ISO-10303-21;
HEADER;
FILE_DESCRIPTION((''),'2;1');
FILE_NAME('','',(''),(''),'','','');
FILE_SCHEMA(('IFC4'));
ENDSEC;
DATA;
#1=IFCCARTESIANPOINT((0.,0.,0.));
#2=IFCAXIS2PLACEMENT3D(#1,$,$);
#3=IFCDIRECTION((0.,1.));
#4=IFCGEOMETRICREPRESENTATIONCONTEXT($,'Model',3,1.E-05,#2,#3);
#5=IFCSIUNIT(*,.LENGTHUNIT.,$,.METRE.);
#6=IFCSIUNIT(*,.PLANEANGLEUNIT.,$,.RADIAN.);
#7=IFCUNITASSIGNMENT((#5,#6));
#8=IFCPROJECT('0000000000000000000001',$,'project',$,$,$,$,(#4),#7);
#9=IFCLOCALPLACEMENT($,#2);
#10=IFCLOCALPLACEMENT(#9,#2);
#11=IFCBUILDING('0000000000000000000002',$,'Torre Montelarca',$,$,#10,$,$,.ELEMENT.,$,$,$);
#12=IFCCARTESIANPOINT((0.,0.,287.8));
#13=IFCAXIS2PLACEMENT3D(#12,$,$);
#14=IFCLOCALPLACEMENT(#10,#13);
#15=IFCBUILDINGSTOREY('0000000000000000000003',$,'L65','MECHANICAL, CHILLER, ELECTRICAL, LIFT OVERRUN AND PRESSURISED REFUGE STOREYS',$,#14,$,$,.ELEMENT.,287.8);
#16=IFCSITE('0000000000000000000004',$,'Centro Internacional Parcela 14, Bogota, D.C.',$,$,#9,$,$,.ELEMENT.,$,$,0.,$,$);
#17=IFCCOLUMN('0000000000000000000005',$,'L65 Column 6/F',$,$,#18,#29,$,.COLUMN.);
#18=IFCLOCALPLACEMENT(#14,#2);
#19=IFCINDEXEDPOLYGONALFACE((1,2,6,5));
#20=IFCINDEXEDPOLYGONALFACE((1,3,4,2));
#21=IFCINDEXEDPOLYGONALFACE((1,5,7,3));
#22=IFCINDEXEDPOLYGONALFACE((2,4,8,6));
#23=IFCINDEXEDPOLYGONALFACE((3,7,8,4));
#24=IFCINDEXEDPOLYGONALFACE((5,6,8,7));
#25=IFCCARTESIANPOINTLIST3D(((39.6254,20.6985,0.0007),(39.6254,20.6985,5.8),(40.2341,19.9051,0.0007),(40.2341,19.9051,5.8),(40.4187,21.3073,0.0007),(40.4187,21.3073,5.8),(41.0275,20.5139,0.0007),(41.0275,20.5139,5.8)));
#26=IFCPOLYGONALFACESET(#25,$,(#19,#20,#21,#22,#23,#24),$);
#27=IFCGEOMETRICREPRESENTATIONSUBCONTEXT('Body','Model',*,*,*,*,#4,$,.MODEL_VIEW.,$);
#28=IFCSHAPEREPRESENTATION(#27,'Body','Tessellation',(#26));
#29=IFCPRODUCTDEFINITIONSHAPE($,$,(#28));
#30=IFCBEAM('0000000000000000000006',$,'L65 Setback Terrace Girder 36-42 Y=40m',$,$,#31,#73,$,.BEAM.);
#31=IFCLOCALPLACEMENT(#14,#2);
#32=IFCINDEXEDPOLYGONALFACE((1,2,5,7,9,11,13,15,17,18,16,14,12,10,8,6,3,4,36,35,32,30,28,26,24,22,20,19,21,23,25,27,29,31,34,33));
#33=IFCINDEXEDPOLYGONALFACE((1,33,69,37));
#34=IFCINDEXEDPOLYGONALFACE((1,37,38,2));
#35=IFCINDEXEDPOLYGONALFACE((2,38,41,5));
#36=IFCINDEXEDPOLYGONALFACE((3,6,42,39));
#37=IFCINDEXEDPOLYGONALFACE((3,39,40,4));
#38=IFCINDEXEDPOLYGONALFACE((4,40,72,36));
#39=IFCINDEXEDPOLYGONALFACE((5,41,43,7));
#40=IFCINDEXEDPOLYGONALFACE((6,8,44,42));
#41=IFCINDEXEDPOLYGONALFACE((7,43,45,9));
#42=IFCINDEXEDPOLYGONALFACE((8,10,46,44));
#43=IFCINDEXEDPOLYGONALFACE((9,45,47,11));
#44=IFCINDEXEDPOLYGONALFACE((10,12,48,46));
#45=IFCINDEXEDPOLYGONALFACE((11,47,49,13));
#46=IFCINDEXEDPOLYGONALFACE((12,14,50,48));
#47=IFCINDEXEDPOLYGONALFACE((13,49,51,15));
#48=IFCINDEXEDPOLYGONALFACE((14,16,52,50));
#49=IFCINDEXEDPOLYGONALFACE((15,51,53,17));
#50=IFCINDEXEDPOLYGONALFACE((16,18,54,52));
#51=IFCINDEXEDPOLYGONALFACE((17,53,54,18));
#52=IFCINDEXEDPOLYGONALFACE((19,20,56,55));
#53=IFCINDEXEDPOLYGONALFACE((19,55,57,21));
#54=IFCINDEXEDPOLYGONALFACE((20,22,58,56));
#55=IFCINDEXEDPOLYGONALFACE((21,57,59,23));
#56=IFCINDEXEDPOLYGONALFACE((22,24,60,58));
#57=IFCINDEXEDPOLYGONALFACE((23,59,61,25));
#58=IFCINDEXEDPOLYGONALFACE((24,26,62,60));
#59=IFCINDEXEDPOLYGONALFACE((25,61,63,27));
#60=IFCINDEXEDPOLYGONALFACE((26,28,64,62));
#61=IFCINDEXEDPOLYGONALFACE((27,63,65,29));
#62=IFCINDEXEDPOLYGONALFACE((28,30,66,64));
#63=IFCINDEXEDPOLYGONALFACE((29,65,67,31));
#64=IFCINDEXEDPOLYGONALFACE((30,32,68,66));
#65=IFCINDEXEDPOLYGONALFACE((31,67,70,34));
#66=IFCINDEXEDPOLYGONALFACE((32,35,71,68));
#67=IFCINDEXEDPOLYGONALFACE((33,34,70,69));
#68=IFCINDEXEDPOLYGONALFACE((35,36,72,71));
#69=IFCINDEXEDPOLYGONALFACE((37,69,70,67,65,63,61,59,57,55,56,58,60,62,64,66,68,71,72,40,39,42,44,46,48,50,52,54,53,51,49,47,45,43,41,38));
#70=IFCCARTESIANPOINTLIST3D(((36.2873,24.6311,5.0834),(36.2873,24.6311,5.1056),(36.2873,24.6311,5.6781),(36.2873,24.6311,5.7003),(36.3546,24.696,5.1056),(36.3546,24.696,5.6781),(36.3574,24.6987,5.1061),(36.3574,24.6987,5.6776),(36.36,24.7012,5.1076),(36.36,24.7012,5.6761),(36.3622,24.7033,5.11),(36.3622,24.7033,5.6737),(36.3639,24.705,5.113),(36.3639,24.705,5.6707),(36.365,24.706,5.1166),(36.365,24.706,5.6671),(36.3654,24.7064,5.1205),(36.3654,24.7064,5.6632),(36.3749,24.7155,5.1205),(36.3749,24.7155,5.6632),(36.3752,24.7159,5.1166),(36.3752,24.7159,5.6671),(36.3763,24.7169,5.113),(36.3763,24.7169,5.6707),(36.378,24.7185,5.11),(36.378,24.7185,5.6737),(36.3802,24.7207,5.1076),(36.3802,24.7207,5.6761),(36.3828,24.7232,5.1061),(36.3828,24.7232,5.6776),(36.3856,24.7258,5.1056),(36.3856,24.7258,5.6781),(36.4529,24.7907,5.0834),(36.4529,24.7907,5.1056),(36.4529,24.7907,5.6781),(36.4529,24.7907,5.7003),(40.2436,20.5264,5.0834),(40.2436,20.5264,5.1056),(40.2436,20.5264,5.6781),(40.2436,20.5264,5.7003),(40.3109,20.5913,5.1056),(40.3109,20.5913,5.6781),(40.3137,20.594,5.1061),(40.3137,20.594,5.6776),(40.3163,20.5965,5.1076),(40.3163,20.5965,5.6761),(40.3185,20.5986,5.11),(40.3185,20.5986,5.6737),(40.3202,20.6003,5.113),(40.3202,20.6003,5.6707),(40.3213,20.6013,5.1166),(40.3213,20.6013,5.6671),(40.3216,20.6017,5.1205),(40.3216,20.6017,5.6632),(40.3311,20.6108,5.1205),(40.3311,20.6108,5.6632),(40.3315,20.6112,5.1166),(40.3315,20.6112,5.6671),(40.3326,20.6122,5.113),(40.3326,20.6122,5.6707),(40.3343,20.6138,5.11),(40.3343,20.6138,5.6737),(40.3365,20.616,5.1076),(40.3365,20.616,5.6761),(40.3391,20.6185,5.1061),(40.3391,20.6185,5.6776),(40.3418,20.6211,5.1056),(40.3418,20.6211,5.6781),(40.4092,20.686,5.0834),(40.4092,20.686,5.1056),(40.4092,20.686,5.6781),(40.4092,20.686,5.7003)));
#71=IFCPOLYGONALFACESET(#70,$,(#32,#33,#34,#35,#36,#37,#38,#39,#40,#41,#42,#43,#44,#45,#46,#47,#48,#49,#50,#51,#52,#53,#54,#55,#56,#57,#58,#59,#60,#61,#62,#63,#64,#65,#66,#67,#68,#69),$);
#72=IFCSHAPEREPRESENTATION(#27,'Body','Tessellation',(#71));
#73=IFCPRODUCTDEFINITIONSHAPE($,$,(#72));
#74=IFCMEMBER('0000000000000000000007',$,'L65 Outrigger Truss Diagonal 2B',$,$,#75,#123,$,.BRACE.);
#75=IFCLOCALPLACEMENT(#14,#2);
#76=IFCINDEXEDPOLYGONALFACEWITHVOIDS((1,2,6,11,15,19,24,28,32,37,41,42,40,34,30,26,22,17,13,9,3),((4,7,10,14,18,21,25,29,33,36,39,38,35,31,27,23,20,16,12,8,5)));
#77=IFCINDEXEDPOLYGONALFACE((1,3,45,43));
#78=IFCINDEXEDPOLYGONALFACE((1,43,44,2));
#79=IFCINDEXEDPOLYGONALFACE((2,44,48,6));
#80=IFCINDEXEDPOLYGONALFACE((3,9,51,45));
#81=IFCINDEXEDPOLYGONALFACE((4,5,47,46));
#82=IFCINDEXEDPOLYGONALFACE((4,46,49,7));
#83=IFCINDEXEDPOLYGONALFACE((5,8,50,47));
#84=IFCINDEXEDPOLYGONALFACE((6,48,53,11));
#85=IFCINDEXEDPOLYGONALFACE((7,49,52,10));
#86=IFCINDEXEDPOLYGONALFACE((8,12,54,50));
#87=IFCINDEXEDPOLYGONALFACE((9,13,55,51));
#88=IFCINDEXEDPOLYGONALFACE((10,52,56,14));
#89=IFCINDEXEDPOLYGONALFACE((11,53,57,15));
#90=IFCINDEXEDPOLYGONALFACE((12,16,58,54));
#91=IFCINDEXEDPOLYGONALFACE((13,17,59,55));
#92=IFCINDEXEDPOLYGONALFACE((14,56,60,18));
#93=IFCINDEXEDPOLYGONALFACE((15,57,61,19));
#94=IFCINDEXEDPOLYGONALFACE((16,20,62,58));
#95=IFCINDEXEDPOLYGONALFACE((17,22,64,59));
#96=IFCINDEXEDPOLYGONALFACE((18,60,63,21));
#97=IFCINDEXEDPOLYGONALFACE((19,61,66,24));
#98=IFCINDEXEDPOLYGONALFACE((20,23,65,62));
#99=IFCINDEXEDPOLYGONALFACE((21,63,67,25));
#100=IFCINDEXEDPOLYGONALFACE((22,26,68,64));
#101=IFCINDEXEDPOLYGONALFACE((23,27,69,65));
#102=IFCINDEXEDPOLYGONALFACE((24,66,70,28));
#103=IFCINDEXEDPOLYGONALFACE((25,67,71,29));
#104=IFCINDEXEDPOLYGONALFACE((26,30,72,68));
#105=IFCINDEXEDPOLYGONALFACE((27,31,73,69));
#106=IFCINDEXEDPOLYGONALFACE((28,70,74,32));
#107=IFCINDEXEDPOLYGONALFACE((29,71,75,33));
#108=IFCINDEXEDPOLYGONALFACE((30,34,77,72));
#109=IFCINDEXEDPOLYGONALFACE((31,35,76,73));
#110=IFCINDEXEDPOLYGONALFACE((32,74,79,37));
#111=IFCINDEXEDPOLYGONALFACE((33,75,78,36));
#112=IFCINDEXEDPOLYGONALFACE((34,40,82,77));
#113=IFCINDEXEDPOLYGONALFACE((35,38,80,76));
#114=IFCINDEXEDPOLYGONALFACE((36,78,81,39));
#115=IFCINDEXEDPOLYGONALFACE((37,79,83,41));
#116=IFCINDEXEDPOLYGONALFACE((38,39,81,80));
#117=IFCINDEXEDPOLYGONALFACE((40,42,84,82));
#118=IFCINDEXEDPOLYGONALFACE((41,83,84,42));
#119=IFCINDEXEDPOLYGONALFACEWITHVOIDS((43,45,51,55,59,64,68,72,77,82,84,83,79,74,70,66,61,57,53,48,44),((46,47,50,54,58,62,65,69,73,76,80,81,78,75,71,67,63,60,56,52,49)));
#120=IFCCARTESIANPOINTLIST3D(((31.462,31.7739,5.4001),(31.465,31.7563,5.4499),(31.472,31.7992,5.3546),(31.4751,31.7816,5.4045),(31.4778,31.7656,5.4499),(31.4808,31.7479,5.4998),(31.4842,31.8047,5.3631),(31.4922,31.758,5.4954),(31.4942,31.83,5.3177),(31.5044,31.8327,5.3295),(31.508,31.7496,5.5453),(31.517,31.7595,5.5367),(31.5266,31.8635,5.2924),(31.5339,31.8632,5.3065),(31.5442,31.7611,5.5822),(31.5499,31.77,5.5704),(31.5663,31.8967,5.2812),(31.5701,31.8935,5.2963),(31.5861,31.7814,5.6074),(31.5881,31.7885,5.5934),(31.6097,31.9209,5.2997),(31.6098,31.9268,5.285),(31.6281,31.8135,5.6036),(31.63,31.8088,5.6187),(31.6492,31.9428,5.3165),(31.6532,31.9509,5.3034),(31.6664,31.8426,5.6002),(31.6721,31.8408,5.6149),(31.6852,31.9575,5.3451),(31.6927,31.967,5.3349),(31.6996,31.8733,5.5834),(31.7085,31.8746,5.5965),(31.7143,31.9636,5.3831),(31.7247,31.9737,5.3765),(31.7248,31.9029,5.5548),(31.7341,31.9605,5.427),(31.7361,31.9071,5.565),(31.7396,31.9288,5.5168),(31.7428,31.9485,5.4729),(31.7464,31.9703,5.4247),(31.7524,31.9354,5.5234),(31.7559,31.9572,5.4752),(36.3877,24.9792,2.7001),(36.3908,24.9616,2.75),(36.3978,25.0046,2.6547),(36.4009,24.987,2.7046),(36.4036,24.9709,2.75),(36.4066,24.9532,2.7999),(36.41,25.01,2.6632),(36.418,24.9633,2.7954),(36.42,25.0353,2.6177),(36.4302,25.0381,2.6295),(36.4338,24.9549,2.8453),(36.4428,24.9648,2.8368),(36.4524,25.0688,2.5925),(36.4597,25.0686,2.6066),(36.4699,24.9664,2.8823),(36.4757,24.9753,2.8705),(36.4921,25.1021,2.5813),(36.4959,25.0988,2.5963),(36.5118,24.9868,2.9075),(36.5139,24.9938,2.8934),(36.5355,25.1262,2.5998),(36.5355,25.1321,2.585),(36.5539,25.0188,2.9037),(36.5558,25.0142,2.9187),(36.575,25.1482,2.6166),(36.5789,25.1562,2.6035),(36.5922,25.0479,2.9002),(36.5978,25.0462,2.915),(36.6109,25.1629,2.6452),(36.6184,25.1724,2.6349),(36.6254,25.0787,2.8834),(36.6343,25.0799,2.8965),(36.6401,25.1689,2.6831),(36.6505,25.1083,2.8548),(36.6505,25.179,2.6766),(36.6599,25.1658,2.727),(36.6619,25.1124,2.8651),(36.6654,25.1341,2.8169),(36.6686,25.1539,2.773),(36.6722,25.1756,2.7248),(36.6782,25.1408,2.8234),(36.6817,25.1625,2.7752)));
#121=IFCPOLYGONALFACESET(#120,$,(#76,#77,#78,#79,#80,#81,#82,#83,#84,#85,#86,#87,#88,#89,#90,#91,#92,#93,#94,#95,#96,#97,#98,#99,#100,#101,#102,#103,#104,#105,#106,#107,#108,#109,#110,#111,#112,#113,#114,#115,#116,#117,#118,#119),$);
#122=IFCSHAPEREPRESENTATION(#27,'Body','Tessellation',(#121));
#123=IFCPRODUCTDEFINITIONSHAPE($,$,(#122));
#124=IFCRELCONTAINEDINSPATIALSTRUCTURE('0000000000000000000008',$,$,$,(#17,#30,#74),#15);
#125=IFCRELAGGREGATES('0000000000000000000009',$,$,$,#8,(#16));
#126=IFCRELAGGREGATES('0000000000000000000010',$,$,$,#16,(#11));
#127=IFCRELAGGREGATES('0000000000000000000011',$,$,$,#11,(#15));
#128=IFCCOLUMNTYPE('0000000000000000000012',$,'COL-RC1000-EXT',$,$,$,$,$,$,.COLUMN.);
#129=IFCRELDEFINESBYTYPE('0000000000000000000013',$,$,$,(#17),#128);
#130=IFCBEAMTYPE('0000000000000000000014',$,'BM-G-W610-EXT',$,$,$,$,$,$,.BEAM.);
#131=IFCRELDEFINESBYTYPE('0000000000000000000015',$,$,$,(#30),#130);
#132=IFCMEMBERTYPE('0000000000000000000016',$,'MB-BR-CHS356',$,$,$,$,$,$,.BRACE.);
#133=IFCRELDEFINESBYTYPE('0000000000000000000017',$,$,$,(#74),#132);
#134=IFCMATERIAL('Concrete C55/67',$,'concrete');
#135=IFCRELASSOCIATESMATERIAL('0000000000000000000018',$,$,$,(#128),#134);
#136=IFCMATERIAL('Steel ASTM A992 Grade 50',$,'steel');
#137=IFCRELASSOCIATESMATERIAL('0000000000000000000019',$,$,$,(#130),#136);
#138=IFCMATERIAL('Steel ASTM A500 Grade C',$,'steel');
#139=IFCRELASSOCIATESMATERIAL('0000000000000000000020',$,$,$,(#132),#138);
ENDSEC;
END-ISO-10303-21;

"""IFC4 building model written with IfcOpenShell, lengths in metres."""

from ifc_helpers import new_model, si_unit, direction, frame, origin, origin_2d, place, context, subcontext, project, spatial, rectangle, hollow_circle, i_section, extrude, source, transform, mapped, material, material_profile, profile_set, type_object, element, save


model = new_model("IFC4")

# Units and contexts
model_context = context("Model", 3, precision=1e-05, world=origin(), true_north=direction((0.0, 1.0)))
body_context = subcontext(model_context, "Body", "Model", "MODEL_VIEW")
ifc_project = project(units=[si_unit("LENGTHUNIT", "METRE"), si_unit("PLANEANGLEUNIT", "RADIAN")], contexts=[model_context])

# Site, building, storey
site_placement = place(None, origin())
site = spatial("IfcSite", under=ifc_project, at=site_placement, Name="Centro Internacional Parcela 14, Bogota, D.C.", CompositionType="ELEMENT", RefElevation=0.0)
building_placement = place(site_placement, origin())
building = spatial("IfcBuilding", under=site, at=building_placement, Name="Torre Montelarca", CompositionType="ELEMENT")
storey_placement = place(building_placement, frame((0.0, 0.0, 287.8)))
storey = spatial("IfcBuildingStorey", under=building, at=storey_placement, Name="L65", Description="MECHANICAL, CHILLER, ELECTRICAL, LIFT OVERRUN AND PRESSURISED REFUGE STOREYS", CompositionType="ELEMENT", Elevation=287.8)

# Column
ifc_material_1 = material(Name="Concrete C55/67", Category="concrete")
ifc_material_profile_1 = material_profile(ifc_material_1, rectangle(XDim=1.0, YDim=1.0, at=origin_2d()), Name="RC1000X1000", Category="concrete")
ifc_profile_set_1 = profile_set([ifc_material_profile_1], Name="Concrete C55/67")
column_type_1 = type_object("IfcColumnType", Name="COL-RC1000-EXT", PredefinedType="COLUMN", material=ifc_profile_set_1)
shared_shape_1 = source(origin(), body_context, "Body", "SweptSolid", [
    extrude(rectangle(XDim=1.0, YDim=1.0, at=origin_2d()), origin(), (0.0, 0.0, 1.0), 5.7993),
])
column_1_placement = place(storey_placement, frame((40.3264, 20.6062, 0.0007), z_axis=(0.0, 0.0, 1.0), x_axis=(-0.608761, 0.793353, 0.0)))
element("IfcColumn", 1, at=column_1_placement, inside=storey, type_object=column_type_1, Name="L65 Column 6/F", PredefinedType="COLUMN", context=body_context, shape_type="MappedRepresentation", body=[
    mapped(shared_shape_1, transform((0.0, 0.0, 0.0), scale=1.0)),
])

# Beam
ifc_material_2 = material(Name="Steel ASTM A992 Grade 50", Category="steel")
ifc_material_profile_2 = material_profile(ifc_material_2, i_section(OverallWidth=0.23, OverallDepth=0.6169, WebThickness=0.0132, FlangeThickness=0.0222, FilletRadius=0.0149, at=origin_2d()), Name="W610X140", Category="steel")
ifc_profile_set_2 = profile_set([ifc_material_profile_2], Name="Steel ASTM A992 Grade 50")
beam_type = type_object("IfcBeamType", Name="BM-G-W610-EXT", PredefinedType="BEAM", material=ifc_profile_set_2)
shared_shape_2 = source(origin(), body_context, "Body", "SweptSolid", [
    extrude(i_section(OverallWidth=0.23, OverallDepth=0.6169, WebThickness=0.0132, FlangeThickness=0.0222, FilletRadius=0.0149, at=origin_2d()), origin(), (0.0, 0.0, 1.0), 5.7009),
])
beam_placement = place(storey_placement, frame((36.3701, 24.7109, 5.3918), z_axis=(0.693968, -0.720006, 0.0), x_axis=(0.720006, 0.693968, 0.0)))
element("IfcBeam", 2, at=beam_placement, inside=storey, type_object=beam_type, Name="L65 Setback Terrace Girder 36-42 Y=40m", PredefinedType="BEAM", context=body_context, shape_type="MappedRepresentation", body=[
    mapped(shared_shape_2, transform((0.0, 0.0, 0.0), scale=1.0)),
])

# Member
ifc_material_3 = material(Name="Steel ASTM A500 Grade C", Category="steel")
ifc_material_profile_3 = material_profile(ifc_material_3, hollow_circle(Radius=0.1777, WallThickness=0.0159, at=origin_2d()), Name="HSS355.6X15.9", Category="steel")
ifc_profile_set_3 = profile_set([ifc_material_profile_3], Name="Steel ASTM A500 Grade C")
member_type_1 = type_object("IfcMemberType", Name="MB-BR-CHS356", PredefinedType="BRACE", material=ifc_profile_set_3)
shared_shape_3 = source(origin(), body_context, "Body", "SweptSolid", [
    extrude(hollow_circle(Radius=0.1777, WallThickness=0.0159, at=origin_2d()), origin(), (0.0, 0.0, 1.0), 8.8159),
])
member_1_placement = place(storey_placement, frame((36.5347, 25.0659, 2.75), z_axis=(-0.558736, 0.770727, 0.306258), x_axis=(-0.809631, -0.586939, 0.0)))
element("IfcMember", 3, at=member_1_placement, inside=storey, type_object=member_type_1, Name="L65 Outrigger Truss Diagonal 2B", PredefinedType="BRACE", context=body_context, shape_type="MappedRepresentation", body=[
    mapped(shared_shape_3, transform((0.0, 0.0, 0.0), scale=1.0)),
])

save(model, "model.ifc")
